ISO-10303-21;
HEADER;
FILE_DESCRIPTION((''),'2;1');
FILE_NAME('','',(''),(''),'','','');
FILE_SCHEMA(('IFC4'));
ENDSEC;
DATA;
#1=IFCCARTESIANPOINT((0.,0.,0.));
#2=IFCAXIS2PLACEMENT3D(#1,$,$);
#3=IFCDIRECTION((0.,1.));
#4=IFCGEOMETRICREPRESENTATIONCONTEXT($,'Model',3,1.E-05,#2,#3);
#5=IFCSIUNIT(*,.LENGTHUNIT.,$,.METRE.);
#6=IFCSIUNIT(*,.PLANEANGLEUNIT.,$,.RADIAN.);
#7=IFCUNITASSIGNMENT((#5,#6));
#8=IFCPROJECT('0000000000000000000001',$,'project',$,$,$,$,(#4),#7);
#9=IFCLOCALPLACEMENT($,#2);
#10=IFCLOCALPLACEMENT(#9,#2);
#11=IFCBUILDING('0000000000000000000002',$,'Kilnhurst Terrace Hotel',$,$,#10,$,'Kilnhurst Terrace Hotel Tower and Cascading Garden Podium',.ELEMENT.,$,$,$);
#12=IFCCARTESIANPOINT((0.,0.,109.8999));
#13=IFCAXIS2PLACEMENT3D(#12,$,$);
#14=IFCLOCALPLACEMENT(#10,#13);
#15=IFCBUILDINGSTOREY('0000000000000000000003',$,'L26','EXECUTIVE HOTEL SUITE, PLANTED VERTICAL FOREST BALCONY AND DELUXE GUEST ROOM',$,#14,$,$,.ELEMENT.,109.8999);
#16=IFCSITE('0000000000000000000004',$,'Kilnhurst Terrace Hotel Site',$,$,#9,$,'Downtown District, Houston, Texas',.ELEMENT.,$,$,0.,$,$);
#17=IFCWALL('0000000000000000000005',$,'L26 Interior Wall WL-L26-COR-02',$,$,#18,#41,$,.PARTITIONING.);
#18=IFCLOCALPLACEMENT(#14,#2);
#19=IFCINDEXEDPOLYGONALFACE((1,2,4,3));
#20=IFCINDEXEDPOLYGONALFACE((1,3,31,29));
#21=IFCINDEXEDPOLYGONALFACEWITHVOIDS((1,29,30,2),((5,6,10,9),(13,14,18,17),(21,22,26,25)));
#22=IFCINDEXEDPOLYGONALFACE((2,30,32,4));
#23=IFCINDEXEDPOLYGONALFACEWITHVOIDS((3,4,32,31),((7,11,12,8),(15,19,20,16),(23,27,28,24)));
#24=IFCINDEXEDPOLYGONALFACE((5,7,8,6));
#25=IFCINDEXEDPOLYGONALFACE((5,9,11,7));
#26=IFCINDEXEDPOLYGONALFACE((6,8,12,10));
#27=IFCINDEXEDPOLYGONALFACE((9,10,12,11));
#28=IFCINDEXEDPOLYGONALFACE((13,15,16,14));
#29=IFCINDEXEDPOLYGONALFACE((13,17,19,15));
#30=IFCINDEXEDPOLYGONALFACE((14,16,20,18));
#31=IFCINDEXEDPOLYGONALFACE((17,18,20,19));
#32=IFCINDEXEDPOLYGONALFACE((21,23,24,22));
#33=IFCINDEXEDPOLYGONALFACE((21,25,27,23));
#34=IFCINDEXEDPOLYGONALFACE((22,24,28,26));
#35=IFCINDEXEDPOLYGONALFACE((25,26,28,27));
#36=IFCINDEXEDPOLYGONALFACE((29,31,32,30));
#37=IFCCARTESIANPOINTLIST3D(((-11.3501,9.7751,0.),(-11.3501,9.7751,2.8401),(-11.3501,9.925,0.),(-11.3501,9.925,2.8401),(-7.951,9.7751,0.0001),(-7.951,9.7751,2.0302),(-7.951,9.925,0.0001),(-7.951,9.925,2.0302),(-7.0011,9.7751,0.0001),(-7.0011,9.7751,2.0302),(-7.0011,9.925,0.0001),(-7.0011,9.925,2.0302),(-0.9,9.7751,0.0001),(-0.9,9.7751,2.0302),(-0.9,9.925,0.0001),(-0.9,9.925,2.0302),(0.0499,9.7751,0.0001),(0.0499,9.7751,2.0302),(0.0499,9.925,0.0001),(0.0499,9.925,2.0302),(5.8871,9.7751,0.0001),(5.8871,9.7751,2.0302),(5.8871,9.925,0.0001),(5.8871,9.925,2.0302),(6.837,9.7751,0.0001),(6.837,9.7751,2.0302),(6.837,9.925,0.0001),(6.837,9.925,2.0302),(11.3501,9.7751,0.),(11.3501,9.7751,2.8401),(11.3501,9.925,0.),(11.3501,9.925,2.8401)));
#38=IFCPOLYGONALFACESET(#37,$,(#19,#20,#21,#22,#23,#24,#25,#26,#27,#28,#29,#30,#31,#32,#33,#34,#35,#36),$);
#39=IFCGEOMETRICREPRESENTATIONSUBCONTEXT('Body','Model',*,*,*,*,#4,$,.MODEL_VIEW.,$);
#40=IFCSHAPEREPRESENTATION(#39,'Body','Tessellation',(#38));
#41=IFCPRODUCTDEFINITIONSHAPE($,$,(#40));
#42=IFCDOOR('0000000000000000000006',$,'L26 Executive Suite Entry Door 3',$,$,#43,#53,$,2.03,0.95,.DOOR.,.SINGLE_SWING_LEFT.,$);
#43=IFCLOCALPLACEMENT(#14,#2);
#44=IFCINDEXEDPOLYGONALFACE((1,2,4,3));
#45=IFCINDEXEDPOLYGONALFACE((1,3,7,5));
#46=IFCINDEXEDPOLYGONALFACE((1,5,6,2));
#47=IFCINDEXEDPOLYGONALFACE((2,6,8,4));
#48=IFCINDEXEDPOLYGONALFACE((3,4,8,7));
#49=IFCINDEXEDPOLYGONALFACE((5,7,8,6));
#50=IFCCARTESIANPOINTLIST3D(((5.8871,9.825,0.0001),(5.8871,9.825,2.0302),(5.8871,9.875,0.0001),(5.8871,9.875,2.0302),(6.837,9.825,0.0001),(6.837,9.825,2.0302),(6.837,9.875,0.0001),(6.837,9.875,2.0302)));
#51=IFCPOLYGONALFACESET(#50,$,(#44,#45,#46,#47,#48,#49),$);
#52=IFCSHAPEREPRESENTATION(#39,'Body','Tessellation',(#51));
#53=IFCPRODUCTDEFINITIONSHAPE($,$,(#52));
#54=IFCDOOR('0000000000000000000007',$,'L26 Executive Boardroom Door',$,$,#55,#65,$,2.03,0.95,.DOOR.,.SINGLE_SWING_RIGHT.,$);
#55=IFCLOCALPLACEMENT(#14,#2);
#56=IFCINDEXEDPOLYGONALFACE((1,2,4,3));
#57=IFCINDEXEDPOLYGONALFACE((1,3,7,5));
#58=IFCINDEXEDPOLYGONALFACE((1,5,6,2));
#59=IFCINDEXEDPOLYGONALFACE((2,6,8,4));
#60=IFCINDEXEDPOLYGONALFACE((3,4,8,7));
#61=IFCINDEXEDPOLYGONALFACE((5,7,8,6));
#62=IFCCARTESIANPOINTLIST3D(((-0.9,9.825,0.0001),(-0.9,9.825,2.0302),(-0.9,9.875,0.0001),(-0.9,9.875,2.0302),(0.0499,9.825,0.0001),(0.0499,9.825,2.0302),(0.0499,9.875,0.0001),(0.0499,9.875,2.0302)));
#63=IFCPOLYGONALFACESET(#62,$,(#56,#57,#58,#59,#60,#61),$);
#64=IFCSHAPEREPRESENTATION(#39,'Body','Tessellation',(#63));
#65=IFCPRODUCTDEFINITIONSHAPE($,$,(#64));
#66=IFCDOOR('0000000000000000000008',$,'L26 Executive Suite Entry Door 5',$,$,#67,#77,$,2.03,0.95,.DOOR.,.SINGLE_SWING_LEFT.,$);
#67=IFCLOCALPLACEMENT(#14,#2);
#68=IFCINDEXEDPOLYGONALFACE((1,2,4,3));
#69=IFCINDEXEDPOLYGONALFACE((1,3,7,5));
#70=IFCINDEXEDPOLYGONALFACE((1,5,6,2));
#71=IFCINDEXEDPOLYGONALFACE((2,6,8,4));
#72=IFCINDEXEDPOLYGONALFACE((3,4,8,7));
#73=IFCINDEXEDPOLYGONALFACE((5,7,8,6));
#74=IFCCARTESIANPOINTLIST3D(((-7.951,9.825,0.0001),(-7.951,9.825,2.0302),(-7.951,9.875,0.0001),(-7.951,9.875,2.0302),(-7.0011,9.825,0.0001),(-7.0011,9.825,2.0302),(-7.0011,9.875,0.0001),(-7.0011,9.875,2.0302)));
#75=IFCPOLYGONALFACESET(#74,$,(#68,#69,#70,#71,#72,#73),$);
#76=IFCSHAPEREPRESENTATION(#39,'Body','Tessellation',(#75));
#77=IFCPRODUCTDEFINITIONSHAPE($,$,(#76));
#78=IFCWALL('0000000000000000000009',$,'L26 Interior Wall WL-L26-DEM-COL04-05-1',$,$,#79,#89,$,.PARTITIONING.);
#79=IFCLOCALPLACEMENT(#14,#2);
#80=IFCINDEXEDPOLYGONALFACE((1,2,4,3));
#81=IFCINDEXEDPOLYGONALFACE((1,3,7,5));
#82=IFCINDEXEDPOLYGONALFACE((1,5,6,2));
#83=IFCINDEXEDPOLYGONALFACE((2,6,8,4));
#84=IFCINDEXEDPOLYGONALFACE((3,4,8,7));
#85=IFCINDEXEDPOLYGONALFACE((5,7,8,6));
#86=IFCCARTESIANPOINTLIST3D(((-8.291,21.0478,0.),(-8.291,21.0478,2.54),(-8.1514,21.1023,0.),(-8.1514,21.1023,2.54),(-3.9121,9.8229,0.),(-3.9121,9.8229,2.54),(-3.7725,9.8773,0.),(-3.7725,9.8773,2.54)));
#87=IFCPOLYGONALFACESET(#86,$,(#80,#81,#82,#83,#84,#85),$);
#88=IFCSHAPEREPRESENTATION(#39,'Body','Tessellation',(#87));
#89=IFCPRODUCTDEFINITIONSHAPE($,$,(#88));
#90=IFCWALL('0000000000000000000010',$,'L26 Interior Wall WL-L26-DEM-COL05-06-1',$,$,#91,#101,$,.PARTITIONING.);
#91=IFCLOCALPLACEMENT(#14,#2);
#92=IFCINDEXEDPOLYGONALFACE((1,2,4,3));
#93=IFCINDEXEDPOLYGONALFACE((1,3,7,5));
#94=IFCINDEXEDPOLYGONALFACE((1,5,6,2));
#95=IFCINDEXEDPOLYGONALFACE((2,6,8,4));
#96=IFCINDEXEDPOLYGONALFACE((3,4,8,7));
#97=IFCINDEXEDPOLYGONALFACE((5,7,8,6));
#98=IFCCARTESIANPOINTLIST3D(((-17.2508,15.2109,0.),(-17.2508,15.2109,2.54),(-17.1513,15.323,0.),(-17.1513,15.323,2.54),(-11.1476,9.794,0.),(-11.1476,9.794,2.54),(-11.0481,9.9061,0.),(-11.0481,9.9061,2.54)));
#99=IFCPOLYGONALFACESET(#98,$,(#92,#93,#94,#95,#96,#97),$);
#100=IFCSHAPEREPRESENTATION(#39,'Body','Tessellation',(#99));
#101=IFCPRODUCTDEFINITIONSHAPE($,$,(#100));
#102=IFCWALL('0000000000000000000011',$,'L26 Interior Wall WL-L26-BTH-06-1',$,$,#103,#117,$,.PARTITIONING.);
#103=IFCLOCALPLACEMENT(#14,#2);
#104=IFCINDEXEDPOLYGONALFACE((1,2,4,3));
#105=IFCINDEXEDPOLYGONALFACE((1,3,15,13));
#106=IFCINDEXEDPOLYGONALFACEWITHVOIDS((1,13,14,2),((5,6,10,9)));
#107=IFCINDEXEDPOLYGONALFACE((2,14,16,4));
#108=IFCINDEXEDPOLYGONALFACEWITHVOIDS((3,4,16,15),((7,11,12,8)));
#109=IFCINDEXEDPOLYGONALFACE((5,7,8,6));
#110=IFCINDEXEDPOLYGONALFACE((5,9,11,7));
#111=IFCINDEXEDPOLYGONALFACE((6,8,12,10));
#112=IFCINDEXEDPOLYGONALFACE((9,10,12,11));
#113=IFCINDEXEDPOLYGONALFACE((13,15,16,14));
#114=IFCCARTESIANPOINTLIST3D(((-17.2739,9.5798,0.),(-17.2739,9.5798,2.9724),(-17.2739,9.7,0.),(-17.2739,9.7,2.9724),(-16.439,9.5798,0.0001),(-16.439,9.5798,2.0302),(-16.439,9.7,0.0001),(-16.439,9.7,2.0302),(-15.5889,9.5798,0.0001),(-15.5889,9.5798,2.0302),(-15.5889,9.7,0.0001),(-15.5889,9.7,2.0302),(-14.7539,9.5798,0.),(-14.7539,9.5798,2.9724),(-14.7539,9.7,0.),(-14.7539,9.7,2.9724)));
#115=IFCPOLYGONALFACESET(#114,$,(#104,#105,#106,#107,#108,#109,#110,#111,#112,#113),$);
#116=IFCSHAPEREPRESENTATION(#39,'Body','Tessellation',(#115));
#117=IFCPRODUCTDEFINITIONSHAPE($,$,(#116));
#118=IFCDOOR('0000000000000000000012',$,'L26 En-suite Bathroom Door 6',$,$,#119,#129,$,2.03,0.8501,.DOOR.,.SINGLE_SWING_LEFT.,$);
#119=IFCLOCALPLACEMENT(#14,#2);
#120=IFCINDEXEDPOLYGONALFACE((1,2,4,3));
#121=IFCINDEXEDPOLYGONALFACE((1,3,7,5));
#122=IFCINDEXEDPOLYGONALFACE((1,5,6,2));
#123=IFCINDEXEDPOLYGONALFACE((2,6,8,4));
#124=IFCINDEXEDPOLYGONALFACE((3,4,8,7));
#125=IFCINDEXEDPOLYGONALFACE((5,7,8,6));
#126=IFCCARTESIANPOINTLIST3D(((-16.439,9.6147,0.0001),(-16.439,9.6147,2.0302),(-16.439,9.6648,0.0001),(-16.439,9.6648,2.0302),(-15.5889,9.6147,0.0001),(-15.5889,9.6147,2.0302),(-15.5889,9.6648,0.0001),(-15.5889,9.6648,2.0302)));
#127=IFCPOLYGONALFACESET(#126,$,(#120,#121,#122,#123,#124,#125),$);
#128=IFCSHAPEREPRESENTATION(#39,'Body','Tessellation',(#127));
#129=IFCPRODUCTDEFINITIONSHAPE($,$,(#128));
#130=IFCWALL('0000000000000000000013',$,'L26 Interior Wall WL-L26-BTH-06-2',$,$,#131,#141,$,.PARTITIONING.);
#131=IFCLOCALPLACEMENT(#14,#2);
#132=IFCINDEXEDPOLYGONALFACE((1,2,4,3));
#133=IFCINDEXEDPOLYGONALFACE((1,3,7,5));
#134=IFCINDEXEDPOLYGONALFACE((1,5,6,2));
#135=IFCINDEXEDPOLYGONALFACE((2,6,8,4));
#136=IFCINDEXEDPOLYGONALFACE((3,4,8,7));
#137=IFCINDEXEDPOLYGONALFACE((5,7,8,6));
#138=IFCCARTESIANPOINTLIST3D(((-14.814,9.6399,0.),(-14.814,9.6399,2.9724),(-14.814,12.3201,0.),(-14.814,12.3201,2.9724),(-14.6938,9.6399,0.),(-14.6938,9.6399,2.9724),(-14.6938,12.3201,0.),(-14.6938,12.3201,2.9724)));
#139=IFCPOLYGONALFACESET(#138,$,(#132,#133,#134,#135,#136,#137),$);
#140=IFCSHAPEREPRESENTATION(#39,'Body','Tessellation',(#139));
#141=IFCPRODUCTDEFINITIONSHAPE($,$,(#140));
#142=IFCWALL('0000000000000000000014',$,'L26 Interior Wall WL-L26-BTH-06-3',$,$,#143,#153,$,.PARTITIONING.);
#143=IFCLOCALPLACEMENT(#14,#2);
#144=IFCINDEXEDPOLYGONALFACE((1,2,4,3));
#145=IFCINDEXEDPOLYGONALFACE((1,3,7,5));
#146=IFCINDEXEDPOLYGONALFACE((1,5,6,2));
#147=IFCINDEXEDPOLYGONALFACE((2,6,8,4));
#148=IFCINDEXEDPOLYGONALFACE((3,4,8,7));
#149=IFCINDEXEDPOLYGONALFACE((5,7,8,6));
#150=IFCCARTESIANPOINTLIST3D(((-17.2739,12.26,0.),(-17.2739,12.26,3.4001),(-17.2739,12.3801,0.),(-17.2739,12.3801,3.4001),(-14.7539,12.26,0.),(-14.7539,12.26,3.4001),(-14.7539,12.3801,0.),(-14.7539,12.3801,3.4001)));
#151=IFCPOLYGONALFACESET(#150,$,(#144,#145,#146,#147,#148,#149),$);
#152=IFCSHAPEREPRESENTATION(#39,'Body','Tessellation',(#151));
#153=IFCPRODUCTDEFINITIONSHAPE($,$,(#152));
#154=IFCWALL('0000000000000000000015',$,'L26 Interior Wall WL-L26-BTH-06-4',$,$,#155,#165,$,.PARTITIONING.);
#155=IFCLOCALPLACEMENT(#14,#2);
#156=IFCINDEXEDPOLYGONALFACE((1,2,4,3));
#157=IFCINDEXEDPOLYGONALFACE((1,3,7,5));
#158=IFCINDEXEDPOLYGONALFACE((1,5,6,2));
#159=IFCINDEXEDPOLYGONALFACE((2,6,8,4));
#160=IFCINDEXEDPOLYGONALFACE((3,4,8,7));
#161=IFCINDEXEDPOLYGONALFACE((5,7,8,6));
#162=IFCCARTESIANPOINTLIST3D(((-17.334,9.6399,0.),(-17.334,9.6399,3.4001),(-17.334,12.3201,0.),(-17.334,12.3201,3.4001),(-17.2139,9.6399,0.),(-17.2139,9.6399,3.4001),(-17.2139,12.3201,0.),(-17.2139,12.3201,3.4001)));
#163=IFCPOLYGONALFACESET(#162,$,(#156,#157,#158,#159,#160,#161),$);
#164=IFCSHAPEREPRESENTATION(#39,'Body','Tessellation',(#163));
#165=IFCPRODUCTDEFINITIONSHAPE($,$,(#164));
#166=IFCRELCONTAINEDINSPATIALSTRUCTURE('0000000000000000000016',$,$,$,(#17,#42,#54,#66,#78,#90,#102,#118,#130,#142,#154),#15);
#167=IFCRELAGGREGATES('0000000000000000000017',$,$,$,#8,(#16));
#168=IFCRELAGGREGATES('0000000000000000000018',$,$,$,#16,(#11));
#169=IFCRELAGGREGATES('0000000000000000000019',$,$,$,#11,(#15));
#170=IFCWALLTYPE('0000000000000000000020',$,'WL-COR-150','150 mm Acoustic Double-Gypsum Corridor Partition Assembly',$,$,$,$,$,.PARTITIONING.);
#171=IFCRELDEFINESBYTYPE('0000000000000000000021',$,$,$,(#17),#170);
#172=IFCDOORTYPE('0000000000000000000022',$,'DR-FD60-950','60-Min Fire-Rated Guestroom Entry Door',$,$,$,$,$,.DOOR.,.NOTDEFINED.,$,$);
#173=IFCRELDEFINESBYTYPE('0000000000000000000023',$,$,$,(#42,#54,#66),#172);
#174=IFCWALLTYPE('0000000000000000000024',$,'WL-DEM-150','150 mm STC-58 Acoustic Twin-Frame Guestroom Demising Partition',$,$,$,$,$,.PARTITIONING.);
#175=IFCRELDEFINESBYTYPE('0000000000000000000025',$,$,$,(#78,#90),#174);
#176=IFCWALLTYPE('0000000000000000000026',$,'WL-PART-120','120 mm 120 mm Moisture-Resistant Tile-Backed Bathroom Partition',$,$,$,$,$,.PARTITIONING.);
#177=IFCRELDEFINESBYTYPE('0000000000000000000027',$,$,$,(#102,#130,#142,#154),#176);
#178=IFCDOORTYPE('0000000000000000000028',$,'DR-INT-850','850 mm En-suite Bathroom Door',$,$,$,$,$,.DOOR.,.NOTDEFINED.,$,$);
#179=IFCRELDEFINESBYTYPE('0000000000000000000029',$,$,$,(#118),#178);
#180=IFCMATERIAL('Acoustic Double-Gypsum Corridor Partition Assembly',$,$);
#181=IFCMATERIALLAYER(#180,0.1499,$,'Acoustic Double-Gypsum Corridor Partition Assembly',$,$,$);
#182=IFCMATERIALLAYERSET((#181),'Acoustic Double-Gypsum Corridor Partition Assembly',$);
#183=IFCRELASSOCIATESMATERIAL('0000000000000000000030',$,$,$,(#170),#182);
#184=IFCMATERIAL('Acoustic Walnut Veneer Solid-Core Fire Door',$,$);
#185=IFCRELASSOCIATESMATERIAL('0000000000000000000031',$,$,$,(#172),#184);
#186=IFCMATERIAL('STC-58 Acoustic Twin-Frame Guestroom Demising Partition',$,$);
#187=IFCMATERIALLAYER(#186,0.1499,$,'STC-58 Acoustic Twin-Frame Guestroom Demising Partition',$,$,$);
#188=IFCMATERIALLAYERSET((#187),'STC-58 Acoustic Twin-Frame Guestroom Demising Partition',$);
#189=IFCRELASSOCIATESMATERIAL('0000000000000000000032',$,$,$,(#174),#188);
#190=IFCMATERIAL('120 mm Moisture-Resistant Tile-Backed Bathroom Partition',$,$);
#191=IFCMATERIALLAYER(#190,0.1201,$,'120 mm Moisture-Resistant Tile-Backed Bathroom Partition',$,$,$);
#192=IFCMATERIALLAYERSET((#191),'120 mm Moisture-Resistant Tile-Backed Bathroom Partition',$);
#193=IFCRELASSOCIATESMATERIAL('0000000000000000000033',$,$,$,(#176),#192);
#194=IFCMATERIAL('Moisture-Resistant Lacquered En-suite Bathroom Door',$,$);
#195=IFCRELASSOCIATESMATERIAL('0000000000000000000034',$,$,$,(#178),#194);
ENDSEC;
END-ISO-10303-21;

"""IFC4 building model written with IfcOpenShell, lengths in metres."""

from ifc_helpers import new_model, si_unit, direction, frame, frame_2d, origin, place, context, subcontext, project, spatial, rectangle, extrude, material, layer, layer_set, type_object, element, fill, save


model = new_model("IFC4")

# Units and contexts
model_context = context("Model", 3, precision=1e-05, world=origin(), true_north=direction((0.0, 1.0)))
body_context = subcontext(model_context, "Body", "Model", "MODEL_VIEW")
ifc_project = project(units=[si_unit("LENGTHUNIT", "METRE"), si_unit("PLANEANGLEUNIT", "RADIAN")], contexts=[model_context])

# Site, building, storey
site_placement = place(None, origin())
site = spatial("IfcSite", under=ifc_project, at=site_placement, Name="Kilnhurst Terrace Hotel Site", LongName="Downtown District, Houston, Texas", CompositionType="ELEMENT", RefElevation=0.0)
building_placement = place(site_placement, origin())
building = spatial("IfcBuilding", under=site, at=building_placement, Name="Kilnhurst Terrace Hotel", LongName="Kilnhurst Terrace Hotel Tower and Cascading Garden Podium", CompositionType="ELEMENT")
storey_placement = place(building_placement, frame((0.0, 0.0, 109.8999)))
storey = spatial("IfcBuildingStorey", under=building, at=storey_placement, Name="L26", Description="EXECUTIVE HOTEL SUITE, PLANTED VERTICAL FOREST BALCONY AND DELUXE GUEST ROOM", CompositionType="ELEMENT", Elevation=109.8999)

# Wall, openings, doors
ifc_material_1 = material(Name="Acoustic Double-Gypsum Corridor Partition Assembly")
ifc_layer_1 = layer(ifc_material_1, 0.1499, Name="Acoustic Double-Gypsum Corridor Partition Assembly")
ifc_layer_set_1 = layer_set([ifc_layer_1], Name="Acoustic Double-Gypsum Corridor Partition Assembly")
wall_type_1 = type_object("IfcWallType", Name="WL-COR-150", Description="150 mm Acoustic Double-Gypsum Corridor Partition Assembly", PredefinedType="PARTITIONING", material=ifc_layer_set_1)
wall_1_placement = place(storey_placement, frame((-11.3501, 9.8501, 0.0), z_axis=(0.0, 0.0, 1.0), x_axis=(1.0, 0.0, 0.0)))
wall_1 = element("IfcWall", 1, at=wall_1_placement, inside=storey, type_object=wall_type_1, Name="L26 Interior Wall WL-L26-COR-02", PredefinedType="PARTITIONING", context=body_context, shape_type="SweptSolid", body=[
    extrude(rectangle(XDim=22.7002, YDim=0.1499, at=frame_2d((11.3501, 0.0))), origin(), (0.0, 0.0, 1.0), 2.8401),
])
opening_1_placement = place(wall_1_placement, frame((17.2371, 0.0, 0.0)))
opening_1 = element("IfcOpeningElement", 2, at=opening_1_placement, cuts=wall_1, PredefinedType="OPENING", context=body_context, shape_type="SweptSolid", body=[
    extrude(rectangle(XDim=0.95, YDim=2.03, at=frame_2d((0.4751, 1.0151))), frame((0.0, 0.085, 0.0), z_axis=(0.0, -1.0, 0.0), x_axis=(1.0, 0.0, 0.0)), (0.0, 0.0, 1.0), 0.1699),
])
opening_2_placement = place(wall_1_placement, frame((10.45, 0.0, 0.0)))
opening_2 = element("IfcOpeningElement", 3, at=opening_2_placement, cuts=wall_1, PredefinedType="OPENING", context=body_context, shape_type="SweptSolid", body=[
    extrude(rectangle(XDim=0.95, YDim=2.03, at=frame_2d((0.4751, 1.0151))), frame((0.0, 0.085, 0.0), z_axis=(0.0, -1.0, 0.0), x_axis=(1.0, 0.0, 0.0)), (0.0, 0.0, 1.0), 0.1699),
])
opening_3_placement = place(wall_1_placement, frame((3.3989, 0.0, 0.0)))
opening_3 = element("IfcOpeningElement", 4, at=opening_3_placement, cuts=wall_1, PredefinedType="OPENING", context=body_context, shape_type="SweptSolid", body=[
    extrude(rectangle(XDim=0.95, YDim=2.03, at=frame_2d((0.4751, 1.0151))), frame((0.0, 0.085, 0.0), z_axis=(0.0, -1.0, 0.0), x_axis=(1.0, 0.0, 0.0)), (0.0, 0.0, 1.0), 0.1699),
])
ifc_material_2 = material(Name="Acoustic Walnut Veneer Solid-Core Fire Door")
door_type_1 = type_object("IfcDoorType", Name="DR-FD60-950", Description="60-Min Fire-Rated Guestroom Entry Door", OperationType="NOTDEFINED", PredefinedType="DOOR", material=ifc_material_2)
door_1_placement = place(opening_1_placement, origin())
door_1 = element("IfcDoor", 5, at=door_1_placement, inside=storey, type_object=door_type_1, Name="L26 Executive Suite Entry Door 3", OperationType="SINGLE_SWING_LEFT", OverallHeight=2.03, OverallWidth=0.95, PredefinedType="DOOR", context=body_context, shape_type="SweptSolid", body=[
    extrude(rectangle(XDim=0.95, YDim=2.03, at=frame_2d((0.4751, 1.0151))), frame((0.0, 0.0249, 0.0), z_axis=(0.0, -1.0, 0.0), x_axis=(1.0, 0.0, 0.0)), (0.0, 0.0, 1.0), 0.05),
])
fill(opening_1, door_1)
door_2_placement = place(opening_2_placement, origin())
door_2 = element("IfcDoor", 6, at=door_2_placement, inside=storey, type_object=door_type_1, Name="L26 Executive Boardroom Door", OperationType="SINGLE_SWING_RIGHT", OverallHeight=2.03, OverallWidth=0.95, PredefinedType="DOOR", context=body_context, shape_type="SweptSolid", body=[
    extrude(rectangle(XDim=0.95, YDim=2.03, at=frame_2d((0.4751, 1.0151))), frame((0.0, 0.0249, 0.0), z_axis=(0.0, -1.0, 0.0), x_axis=(1.0, 0.0, 0.0)), (0.0, 0.0, 1.0), 0.05),
])
fill(opening_2, door_2)
door_3_placement = place(opening_3_placement, origin())
door_3 = element("IfcDoor", 7, at=door_3_placement, inside=storey, type_object=door_type_1, Name="L26 Executive Suite Entry Door 5", OperationType="SINGLE_SWING_LEFT", OverallHeight=2.03, OverallWidth=0.95, PredefinedType="DOOR", context=body_context, shape_type="SweptSolid", body=[
    extrude(rectangle(XDim=0.95, YDim=2.03, at=frame_2d((0.4751, 1.0151))), frame((0.0, 0.0249, 0.0), z_axis=(0.0, -1.0, 0.0), x_axis=(1.0, 0.0, 0.0)), (0.0, 0.0, 1.0), 0.05),
])
fill(opening_3, door_3)

# Walls
ifc_material_3 = material(Name="STC-58 Acoustic Twin-Frame Guestroom Demising Partition")
ifc_layer_2 = layer(ifc_material_3, 0.1499, Name="STC-58 Acoustic Twin-Frame Guestroom Demising Partition")
ifc_layer_set_2 = layer_set([ifc_layer_2], Name="STC-58 Acoustic Twin-Frame Guestroom Demising Partition")
wall_type_2 = type_object("IfcWallType", Name="WL-DEM-150", Description="150 mm STC-58 Acoustic Twin-Frame Guestroom Demising Partition", PredefinedType="PARTITIONING", material=ifc_layer_set_2)
wall_2_placement = place(storey_placement, frame((-3.8423, 9.8501, 0.0), z_axis=(0.0, 0.0, 1.0), x_axis=(-0.363433, 0.93162, 0.0)))
element("IfcWall", 8, at=wall_2_placement, inside=storey, type_object=wall_type_2, Name="L26 Interior Wall WL-L26-DEM-COL04-05-1", PredefinedType="PARTITIONING", context=body_context, shape_type="SweptSolid", body=[
    extrude(rectangle(XDim=12.0488, YDim=0.1499, at=frame_2d((6.0244, 0.0))), origin(), (0.0, 0.0, 1.0), 2.54),
])
wall_3_placement = place(storey_placement, frame((-11.0979, 9.8501, 0.0), z_axis=(0.0, 0.0, 1.0), x_axis=(-0.747904, 0.663807, 0.0)))
element("IfcWall", 9, at=wall_3_placement, inside=storey, type_object=wall_type_2, Name="L26 Interior Wall WL-L26-DEM-COL05-06-1", PredefinedType="PARTITIONING", context=body_context, shape_type="SweptSolid", body=[
    extrude(rectangle(XDim=8.1604, YDim=0.1499, at=frame_2d((4.0801, 0.0))), origin(), (0.0, 0.0, 1.0), 2.54),
])

# Wall, opening, door
ifc_material_4 = material(Name="120 mm Moisture-Resistant Tile-Backed Bathroom Partition")
ifc_layer_3 = layer(ifc_material_4, 0.1201, Name="120 mm Moisture-Resistant Tile-Backed Bathroom Partition")
ifc_layer_set_3 = layer_set([ifc_layer_3], Name="120 mm Moisture-Resistant Tile-Backed Bathroom Partition")
wall_type_3 = type_object("IfcWallType", Name="WL-PART-120", Description="120 mm 120 mm Moisture-Resistant Tile-Backed Bathroom Partition", PredefinedType="PARTITIONING", material=ifc_layer_set_3)
wall_4_placement = place(storey_placement, frame((-17.2739, 9.6399, 0.0), z_axis=(0.0, 0.0, 1.0), x_axis=(1.0, 0.0, 0.0)))
wall_4 = element("IfcWall", 10, at=wall_4_placement, inside=storey, type_object=wall_type_3, Name="L26 Interior Wall WL-L26-BTH-06-1", PredefinedType="PARTITIONING", context=body_context, shape_type="SweptSolid", body=[
    extrude(rectangle(XDim=2.52, YDim=0.1201, at=frame_2d((1.26, 0.0))), origin(), (0.0, 0.0, 1.0), 2.9724),
])
opening_4_placement = place(wall_4_placement, frame((0.835, 0.0, 0.0)))
opening_4 = element("IfcOpeningElement", 11, at=opening_4_placement, cuts=wall_4, PredefinedType="OPENING", context=body_context, shape_type="SweptSolid", body=[
    extrude(rectangle(XDim=0.8501, YDim=2.03, at=frame_2d((0.425, 1.0151))), frame((0.0, 0.0701, 0.0), z_axis=(0.0, -1.0, 0.0), x_axis=(1.0, 0.0, 0.0)), (0.0, 0.0, 1.0), 0.1401),
])
ifc_material_5 = material(Name="Moisture-Resistant Lacquered En-suite Bathroom Door")
door_type_2 = type_object("IfcDoorType", Name="DR-INT-850", Description="850 mm En-suite Bathroom Door", OperationType="NOTDEFINED", PredefinedType="DOOR", material=ifc_material_5)
door_4_placement = place(opening_4_placement, origin())
door_4 = element("IfcDoor", 12, at=door_4_placement, inside=storey, type_object=door_type_2, Name="L26 En-suite Bathroom Door 6", OperationType="SINGLE_SWING_LEFT", OverallHeight=2.03, OverallWidth=0.8501, PredefinedType="DOOR", context=body_context, shape_type="SweptSolid", body=[
    extrude(rectangle(XDim=0.8501, YDim=2.03, at=frame_2d((0.425, 1.0151))), frame((0.0, 0.0249, 0.0), z_axis=(0.0, -1.0, 0.0), x_axis=(1.0, 0.0, 0.0)), (0.0, 0.0, 1.0), 0.05),
])
fill(opening_4, door_4)

# Walls
wall_5_placement = place(storey_placement, frame((-14.7539, 9.6399, 0.0), z_axis=(0.0, 0.0, 1.0), x_axis=(0.0, 1.0, 0.0)))
element("IfcWall", 13, at=wall_5_placement, inside=storey, type_object=wall_type_3, Name="L26 Interior Wall WL-L26-BTH-06-2", PredefinedType="PARTITIONING", context=body_context, shape_type="SweptSolid", body=[
    extrude(rectangle(XDim=2.6802, YDim=0.1201, at=frame_2d((1.3401, 0.0))), origin(), (0.0, 0.0, 1.0), 2.9724),
])
wall_6_placement = place(storey_placement, frame((-14.7539, 12.3201, 0.0), z_axis=(0.0, 0.0, 1.0), x_axis=(-1.0, 0.0, 0.0)))
element("IfcWall", 14, at=wall_6_placement, inside=storey, type_object=wall_type_3, Name="L26 Interior Wall WL-L26-BTH-06-3", PredefinedType="PARTITIONING", context=body_context, shape_type="SweptSolid", body=[
    extrude(rectangle(XDim=2.52, YDim=0.1201, at=frame_2d((1.26, 0.0))), origin(), (0.0, 0.0, 1.0), 3.4001),
])
wall_7_placement = place(storey_placement, frame((-17.2739, 12.3201, 0.0), z_axis=(0.0, 0.0, 1.0), x_axis=(0.0, -1.0, 0.0)))
element("IfcWall", 15, at=wall_7_placement, inside=storey, type_object=wall_type_3, Name="L26 Interior Wall WL-L26-BTH-06-4", PredefinedType="PARTITIONING", context=body_context, shape_type="SweptSolid", body=[
    extrude(rectangle(XDim=2.6802, YDim=0.1201, at=frame_2d((1.3401, 0.0))), origin(), (0.0, 0.0, 1.0), 3.4001),
])

save(model, "model.ifc")
